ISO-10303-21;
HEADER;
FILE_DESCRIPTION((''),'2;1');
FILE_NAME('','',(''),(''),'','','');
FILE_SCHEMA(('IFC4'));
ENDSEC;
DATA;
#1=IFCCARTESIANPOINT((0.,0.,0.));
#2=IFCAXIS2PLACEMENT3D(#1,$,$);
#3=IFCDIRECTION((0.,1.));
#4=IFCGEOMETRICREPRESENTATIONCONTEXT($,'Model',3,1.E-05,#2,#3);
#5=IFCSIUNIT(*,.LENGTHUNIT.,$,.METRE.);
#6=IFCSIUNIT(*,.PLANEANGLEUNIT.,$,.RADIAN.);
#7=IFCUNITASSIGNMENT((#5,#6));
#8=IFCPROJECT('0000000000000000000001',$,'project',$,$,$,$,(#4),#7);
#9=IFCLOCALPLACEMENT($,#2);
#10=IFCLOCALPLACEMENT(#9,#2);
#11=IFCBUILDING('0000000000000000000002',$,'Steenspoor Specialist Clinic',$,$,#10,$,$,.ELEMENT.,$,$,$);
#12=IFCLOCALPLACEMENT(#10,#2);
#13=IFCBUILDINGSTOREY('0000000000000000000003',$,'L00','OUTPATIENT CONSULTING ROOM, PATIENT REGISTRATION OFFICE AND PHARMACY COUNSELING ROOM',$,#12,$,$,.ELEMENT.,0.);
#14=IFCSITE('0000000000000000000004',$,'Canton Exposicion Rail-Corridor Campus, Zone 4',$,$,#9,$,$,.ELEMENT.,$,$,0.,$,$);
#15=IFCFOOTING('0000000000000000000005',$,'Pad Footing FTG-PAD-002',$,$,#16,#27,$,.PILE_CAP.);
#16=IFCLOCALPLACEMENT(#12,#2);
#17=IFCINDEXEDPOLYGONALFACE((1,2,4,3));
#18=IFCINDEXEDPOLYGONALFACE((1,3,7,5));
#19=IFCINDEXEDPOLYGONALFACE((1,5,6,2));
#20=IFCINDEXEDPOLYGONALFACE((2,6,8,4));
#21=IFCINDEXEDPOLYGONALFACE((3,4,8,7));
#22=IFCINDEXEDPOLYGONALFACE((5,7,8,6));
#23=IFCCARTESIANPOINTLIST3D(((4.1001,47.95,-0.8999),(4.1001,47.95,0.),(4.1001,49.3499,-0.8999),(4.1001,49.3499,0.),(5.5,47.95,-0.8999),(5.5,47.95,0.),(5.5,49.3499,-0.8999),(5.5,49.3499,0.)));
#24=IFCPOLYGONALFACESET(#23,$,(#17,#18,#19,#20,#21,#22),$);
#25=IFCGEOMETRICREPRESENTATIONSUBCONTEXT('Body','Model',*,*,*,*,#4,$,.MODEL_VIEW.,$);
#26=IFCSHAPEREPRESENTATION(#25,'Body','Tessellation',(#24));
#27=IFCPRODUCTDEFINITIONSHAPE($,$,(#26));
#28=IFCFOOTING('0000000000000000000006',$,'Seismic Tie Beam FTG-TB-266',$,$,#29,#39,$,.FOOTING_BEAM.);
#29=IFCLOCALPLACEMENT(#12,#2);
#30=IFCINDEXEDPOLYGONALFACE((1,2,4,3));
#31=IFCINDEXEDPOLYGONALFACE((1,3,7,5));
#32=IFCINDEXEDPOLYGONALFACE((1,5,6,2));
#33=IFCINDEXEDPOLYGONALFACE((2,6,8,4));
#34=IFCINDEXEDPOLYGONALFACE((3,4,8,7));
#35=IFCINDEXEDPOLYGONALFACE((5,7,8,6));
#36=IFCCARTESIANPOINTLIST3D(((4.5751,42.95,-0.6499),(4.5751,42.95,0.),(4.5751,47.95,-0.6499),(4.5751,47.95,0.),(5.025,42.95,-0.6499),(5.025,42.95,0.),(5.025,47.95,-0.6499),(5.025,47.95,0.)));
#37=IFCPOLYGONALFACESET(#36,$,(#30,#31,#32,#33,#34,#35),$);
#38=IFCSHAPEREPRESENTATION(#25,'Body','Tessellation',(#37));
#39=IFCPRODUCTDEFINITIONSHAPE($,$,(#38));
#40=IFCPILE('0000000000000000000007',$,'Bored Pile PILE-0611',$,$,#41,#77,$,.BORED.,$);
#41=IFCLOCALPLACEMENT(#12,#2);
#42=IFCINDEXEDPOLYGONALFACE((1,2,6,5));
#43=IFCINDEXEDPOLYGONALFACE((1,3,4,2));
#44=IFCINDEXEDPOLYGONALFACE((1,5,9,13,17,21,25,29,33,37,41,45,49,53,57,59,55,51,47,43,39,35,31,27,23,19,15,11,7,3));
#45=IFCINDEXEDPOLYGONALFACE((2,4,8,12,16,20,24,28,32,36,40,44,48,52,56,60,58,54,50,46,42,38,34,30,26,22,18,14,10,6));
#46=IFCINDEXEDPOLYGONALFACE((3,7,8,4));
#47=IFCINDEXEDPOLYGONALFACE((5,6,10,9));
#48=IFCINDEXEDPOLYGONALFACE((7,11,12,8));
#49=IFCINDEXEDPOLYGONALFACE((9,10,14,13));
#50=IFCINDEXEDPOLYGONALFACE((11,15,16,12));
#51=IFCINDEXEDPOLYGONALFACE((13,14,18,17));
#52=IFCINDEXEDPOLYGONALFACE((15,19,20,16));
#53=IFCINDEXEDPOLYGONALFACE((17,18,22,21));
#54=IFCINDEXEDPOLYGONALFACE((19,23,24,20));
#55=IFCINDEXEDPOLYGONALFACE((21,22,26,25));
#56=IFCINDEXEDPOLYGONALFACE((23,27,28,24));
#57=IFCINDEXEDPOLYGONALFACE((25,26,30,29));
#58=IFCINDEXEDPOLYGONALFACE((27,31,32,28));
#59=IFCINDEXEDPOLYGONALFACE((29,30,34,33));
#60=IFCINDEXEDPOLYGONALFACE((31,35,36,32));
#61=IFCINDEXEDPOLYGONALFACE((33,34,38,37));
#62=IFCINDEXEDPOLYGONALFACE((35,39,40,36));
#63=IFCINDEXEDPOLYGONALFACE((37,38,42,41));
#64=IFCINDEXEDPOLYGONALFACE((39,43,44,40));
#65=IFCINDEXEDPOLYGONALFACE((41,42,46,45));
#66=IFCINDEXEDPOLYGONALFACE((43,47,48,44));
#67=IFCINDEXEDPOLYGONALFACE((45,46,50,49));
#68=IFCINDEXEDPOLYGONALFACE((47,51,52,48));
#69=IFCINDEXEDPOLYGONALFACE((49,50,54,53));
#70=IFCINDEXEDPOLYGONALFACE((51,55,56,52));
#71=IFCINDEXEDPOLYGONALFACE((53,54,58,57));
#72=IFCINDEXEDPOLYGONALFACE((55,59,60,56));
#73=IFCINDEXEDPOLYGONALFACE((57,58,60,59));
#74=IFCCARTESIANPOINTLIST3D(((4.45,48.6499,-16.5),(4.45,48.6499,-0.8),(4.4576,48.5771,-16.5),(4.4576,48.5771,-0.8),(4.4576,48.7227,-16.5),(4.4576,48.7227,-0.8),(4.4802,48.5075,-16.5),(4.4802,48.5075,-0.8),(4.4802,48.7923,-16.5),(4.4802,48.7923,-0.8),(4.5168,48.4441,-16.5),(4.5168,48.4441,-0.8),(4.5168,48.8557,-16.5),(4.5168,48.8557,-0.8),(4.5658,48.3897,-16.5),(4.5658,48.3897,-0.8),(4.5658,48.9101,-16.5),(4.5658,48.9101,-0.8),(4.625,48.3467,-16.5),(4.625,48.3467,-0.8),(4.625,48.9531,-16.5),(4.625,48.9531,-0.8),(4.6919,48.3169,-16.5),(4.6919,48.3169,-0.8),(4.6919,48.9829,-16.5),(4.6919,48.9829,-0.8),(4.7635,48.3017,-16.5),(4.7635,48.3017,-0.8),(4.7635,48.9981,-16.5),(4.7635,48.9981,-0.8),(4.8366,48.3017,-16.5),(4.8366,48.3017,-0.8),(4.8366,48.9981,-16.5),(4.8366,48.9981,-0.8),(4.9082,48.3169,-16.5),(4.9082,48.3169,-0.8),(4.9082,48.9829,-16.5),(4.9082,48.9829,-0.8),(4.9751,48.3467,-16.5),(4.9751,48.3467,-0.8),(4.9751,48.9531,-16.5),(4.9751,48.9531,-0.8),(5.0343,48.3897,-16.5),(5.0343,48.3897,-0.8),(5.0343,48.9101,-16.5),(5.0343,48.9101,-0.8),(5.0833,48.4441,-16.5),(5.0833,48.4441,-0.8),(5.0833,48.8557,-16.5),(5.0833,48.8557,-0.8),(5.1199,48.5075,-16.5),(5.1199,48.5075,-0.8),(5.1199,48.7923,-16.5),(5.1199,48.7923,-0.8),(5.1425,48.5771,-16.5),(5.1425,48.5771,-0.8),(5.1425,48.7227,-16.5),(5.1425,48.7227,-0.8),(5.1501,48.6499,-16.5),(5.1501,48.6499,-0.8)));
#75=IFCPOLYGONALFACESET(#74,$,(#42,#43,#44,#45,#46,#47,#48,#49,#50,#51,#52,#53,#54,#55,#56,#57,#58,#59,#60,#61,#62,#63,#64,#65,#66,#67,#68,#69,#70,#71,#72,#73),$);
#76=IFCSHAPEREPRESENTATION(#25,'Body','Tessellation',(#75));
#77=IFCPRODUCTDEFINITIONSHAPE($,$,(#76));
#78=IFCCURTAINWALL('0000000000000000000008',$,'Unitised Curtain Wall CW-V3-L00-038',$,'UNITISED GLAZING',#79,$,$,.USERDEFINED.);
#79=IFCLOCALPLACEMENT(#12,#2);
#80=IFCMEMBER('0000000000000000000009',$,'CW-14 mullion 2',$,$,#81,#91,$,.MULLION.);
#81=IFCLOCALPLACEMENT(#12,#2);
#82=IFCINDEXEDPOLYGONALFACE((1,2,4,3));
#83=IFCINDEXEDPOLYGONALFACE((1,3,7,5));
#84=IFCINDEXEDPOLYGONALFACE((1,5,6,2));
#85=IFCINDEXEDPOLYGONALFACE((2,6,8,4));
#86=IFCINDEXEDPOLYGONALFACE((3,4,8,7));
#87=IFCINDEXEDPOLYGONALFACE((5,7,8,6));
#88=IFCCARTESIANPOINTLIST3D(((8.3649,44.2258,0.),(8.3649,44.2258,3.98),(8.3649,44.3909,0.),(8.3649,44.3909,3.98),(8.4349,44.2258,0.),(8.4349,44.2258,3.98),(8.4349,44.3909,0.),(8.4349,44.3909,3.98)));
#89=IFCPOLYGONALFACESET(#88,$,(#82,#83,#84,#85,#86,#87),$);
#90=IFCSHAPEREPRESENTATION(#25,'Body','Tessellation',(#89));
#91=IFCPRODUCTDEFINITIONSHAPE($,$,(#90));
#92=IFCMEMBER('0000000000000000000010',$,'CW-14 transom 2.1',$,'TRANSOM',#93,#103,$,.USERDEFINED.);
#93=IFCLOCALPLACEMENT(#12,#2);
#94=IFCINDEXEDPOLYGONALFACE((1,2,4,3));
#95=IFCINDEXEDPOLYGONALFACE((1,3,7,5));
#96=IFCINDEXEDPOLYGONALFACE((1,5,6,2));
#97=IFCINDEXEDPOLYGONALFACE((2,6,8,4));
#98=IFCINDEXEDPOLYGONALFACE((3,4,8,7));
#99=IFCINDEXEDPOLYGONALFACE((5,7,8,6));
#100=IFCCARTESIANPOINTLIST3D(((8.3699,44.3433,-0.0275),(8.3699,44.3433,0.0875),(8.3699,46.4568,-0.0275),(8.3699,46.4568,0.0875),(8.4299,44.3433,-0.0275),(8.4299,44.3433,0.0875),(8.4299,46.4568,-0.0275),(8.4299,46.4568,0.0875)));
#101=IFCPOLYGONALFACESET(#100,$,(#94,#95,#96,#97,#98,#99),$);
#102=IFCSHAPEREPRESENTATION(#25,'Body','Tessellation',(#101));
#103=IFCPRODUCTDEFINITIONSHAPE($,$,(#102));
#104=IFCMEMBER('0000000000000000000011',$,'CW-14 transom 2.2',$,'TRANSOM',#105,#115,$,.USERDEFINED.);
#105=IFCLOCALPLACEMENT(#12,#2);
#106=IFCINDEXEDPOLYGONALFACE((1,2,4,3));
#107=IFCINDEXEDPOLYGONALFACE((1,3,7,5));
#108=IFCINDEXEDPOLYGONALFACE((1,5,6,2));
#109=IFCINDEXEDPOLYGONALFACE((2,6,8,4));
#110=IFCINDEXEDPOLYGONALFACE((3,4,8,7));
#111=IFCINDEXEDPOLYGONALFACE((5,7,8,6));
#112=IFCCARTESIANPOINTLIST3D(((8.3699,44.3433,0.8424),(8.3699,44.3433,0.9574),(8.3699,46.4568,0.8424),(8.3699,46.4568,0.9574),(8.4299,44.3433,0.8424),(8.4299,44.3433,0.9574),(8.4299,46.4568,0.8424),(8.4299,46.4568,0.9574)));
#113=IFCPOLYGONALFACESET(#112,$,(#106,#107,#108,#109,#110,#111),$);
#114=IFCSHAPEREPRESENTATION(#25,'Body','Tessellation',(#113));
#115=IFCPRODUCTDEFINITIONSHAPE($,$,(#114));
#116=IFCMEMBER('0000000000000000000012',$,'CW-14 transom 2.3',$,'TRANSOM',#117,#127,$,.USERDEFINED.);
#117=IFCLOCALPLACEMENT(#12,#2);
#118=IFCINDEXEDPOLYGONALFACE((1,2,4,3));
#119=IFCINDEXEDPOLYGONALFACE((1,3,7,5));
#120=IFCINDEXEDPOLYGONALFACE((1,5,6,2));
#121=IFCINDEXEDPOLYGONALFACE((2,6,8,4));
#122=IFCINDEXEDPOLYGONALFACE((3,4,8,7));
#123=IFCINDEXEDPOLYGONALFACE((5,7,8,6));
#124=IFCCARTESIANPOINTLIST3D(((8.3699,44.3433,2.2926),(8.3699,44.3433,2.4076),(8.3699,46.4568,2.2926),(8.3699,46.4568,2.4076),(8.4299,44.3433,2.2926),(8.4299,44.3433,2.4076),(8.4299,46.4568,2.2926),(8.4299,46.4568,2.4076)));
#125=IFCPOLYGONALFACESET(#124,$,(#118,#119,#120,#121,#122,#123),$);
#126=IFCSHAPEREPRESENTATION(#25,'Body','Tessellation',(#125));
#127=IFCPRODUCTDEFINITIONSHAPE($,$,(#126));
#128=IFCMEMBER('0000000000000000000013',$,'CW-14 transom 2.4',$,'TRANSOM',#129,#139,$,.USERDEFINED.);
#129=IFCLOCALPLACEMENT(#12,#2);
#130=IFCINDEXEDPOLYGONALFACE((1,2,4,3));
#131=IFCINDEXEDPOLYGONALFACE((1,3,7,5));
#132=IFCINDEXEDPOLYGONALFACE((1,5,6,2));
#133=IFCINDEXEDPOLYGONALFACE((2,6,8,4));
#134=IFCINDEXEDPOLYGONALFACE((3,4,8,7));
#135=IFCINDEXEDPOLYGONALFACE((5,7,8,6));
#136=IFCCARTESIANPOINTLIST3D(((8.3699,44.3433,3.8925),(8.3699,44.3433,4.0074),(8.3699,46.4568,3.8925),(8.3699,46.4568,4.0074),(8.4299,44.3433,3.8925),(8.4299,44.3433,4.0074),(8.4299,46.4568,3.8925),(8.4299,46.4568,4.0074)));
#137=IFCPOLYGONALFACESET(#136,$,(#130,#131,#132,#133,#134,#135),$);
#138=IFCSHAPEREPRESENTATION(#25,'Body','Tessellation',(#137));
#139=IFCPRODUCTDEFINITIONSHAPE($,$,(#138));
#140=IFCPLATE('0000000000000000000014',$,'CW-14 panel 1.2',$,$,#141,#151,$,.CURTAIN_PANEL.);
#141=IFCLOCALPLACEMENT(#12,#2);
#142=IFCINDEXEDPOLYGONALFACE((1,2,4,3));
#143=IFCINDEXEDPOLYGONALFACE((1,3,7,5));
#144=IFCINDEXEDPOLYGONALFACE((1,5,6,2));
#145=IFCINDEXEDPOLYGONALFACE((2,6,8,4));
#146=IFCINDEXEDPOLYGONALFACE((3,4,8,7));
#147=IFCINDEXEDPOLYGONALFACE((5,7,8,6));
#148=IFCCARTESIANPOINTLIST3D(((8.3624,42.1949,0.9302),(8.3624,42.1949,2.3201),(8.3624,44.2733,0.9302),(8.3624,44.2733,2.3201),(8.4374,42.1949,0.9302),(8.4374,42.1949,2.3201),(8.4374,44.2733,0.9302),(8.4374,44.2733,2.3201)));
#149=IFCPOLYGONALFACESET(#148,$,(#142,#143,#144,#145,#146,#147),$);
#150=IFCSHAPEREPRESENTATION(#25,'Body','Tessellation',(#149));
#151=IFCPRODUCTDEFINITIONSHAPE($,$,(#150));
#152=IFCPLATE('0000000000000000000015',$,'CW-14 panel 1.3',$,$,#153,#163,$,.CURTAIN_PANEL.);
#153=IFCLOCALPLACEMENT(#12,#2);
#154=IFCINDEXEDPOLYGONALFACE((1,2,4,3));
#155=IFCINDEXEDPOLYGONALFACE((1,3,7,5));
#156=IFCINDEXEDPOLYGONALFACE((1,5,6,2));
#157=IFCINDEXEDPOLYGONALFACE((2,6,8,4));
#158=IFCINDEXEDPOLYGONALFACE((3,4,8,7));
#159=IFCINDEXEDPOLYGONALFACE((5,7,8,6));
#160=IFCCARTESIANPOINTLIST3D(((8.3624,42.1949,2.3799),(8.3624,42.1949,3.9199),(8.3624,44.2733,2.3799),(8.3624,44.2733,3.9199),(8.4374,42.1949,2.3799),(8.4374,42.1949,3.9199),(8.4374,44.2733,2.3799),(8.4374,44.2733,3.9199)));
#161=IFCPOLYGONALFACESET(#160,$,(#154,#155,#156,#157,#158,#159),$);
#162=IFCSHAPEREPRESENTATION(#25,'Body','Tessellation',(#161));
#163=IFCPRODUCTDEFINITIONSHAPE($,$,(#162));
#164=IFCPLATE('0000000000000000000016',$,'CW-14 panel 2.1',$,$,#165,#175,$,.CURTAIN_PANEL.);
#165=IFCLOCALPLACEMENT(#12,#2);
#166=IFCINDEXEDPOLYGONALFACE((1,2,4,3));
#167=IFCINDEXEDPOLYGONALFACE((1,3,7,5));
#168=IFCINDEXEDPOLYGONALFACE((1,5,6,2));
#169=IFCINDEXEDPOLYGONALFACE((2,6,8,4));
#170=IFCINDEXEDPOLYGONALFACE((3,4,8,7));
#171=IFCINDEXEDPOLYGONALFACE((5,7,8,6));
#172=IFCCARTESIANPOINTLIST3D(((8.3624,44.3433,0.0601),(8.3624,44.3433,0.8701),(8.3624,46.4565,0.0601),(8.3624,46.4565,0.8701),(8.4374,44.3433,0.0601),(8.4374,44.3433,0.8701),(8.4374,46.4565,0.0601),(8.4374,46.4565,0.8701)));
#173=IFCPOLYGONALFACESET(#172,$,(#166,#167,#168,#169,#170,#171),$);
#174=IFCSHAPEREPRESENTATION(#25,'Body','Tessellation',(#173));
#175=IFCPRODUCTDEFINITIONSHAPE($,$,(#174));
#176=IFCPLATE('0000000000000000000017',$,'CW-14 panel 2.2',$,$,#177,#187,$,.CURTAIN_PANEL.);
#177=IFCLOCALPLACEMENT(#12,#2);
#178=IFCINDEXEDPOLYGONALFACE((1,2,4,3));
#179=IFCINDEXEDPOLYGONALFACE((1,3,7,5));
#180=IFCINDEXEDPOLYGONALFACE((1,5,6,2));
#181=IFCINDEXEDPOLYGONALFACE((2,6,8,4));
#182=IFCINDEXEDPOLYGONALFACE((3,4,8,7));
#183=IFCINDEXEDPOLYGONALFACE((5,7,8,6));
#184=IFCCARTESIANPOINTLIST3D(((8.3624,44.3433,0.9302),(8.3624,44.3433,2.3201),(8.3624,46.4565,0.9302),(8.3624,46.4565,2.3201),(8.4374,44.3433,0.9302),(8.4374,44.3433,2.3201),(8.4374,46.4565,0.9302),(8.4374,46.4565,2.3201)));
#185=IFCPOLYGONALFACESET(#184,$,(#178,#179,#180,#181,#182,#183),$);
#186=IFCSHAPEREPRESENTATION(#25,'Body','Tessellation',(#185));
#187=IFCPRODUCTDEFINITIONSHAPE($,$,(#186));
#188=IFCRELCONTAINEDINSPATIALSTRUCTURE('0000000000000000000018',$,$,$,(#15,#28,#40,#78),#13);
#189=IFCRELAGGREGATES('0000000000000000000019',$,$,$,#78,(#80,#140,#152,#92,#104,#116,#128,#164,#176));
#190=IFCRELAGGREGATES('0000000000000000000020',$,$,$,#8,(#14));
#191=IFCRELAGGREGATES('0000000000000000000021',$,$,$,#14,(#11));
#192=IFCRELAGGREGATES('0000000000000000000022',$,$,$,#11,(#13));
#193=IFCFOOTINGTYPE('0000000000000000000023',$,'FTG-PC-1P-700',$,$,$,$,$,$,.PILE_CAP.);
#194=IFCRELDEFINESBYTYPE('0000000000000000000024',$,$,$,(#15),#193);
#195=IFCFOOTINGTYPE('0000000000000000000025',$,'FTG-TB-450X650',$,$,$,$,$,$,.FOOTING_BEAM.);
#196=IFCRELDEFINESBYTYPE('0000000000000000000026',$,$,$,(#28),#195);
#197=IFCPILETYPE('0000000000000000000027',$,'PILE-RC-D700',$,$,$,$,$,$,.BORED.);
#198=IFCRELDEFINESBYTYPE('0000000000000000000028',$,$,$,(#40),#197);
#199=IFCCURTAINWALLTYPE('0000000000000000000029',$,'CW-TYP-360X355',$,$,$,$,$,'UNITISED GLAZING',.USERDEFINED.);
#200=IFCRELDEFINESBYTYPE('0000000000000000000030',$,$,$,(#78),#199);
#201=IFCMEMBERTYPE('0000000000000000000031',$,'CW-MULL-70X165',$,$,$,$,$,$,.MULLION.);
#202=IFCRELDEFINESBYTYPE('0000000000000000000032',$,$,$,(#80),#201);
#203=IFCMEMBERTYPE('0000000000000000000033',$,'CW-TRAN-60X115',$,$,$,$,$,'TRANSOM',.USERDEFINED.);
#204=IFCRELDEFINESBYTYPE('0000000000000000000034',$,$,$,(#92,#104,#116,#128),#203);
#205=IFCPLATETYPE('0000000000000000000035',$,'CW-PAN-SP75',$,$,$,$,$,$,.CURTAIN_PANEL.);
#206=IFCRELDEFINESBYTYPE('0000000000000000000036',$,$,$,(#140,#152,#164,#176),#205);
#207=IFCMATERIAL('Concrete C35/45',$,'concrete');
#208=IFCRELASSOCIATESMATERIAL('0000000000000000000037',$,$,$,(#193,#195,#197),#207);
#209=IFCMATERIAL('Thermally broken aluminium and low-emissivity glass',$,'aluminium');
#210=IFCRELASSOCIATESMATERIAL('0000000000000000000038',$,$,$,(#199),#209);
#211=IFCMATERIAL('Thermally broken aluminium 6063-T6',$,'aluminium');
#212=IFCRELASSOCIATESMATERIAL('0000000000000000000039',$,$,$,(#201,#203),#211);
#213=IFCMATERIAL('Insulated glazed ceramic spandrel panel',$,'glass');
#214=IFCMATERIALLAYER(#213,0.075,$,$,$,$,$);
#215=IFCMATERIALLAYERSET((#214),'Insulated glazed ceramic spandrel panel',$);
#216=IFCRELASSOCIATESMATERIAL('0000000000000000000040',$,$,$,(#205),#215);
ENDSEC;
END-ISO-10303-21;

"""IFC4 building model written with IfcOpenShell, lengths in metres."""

from ifc_helpers import new_model, si_unit, direction, frame, origin, origin_2d, place, context, subcontext, project, spatial, rectangle, circle, extrude, material, layer, layer_set, material_profile, profile_set, type_object, element, aggregate, save


model = new_model("IFC4")

# Units and contexts
model_context = context("Model", 3, precision=1e-05, world=origin(), true_north=direction((0.0, 1.0)))
body_context = subcontext(model_context, "Body", "Model", "MODEL_VIEW")
ifc_project = project(units=[si_unit("LENGTHUNIT", "METRE"), si_unit("PLANEANGLEUNIT", "RADIAN")], contexts=[model_context])

# Site, building, storey
site_placement = place(None, origin())
site = spatial("IfcSite", under=ifc_project, at=site_placement, Name="Canton Exposicion Rail-Corridor Campus, Zone 4", CompositionType="ELEMENT", RefElevation=0.0)
building_placement = place(site_placement, origin())
building = spatial("IfcBuilding", under=site, at=building_placement, Name="Steenspoor Specialist Clinic", CompositionType="ELEMENT")
storey_placement = place(building_placement, origin())
storey = spatial("IfcBuildingStorey", under=building, at=storey_placement, Name="L00", Description="OUTPATIENT CONSULTING ROOM, PATIENT REGISTRATION OFFICE AND PHARMACY COUNSELING ROOM", CompositionType="ELEMENT", Elevation=0.0)

# Footings
ifc_material_1 = material(Name="Concrete C35/45", Category="concrete")
footing_type_1 = type_object("IfcFootingType", Name="FTG-PC-1P-700", PredefinedType="PILE_CAP", material=ifc_material_1)
footing_1_placement = place(storey_placement, frame((4.8, 48.6499, -0.8999), z_axis=(0.0, 0.0, 1.0), x_axis=(1.0, 0.0, 0.0)))
element("IfcFooting", 1, at=footing_1_placement, inside=storey, type_object=footing_type_1, Name="Pad Footing FTG-PAD-002", PredefinedType="PILE_CAP", context=body_context, shape_type="SweptSolid", body=[
    extrude(rectangle(XDim=1.3999, YDim=1.3999, at=origin_2d()), origin(), (0.0, 0.0, 1.0), 0.8999),
])
footing_type_2 = type_object("IfcFootingType", Name="FTG-TB-450X650", PredefinedType="FOOTING_BEAM", material=ifc_material_1)
footing_2_placement = place(storey_placement, frame((4.8, 45.45, -0.6499), z_axis=(0.0, 0.0, 1.0), x_axis=(1.0, 0.0, 0.0)))
element("IfcFooting", 2, at=footing_2_placement, inside=storey, type_object=footing_type_2, Name="Seismic Tie Beam FTG-TB-266", PredefinedType="FOOTING_BEAM", context=body_context, shape_type="SweptSolid", body=[
    extrude(rectangle(XDim=0.45, YDim=5.0, at=origin_2d()), origin(), (0.0, 0.0, 1.0), 0.6499),
])

# Pile
ifc_material_profile_1 = material_profile(ifc_material_1, circle(Radius=0.3501, at=origin_2d()), Name="PILE-D700")
ifc_profile_set_1 = profile_set([ifc_material_profile_1], Name="Concrete C35/45")
pile_type = type_object("IfcPileType", Name="PILE-RC-D700", PredefinedType="BORED", material=ifc_profile_set_1)
pile_placement = place(storey_placement, frame((4.8, 48.6499, -0.8), z_axis=(0.0, 0.0, -1.0), x_axis=(1.0, 0.0, 0.0)))
element("IfcPile", 3, at=pile_placement, inside=storey, type_object=pile_type, Name="Bored Pile PILE-0611", PredefinedType="BORED", context=body_context, shape_type="SweptSolid", body=[
    extrude(circle(Radius=0.3501, at=origin_2d()), origin(), (0.0, 0.0, 1.0), 15.7),
])

# Curtain wall, members, plates
ifc_material_2 = material(Name="Thermally broken aluminium and low-emissivity glass", Category="aluminium")
curtain_wall_type = type_object("IfcCurtainWallType", Name="CW-TYP-360X355", ElementType="UNITISED GLAZING", PredefinedType="USERDEFINED", material=ifc_material_2)
curtain_wall_placement = place(storey_placement, origin())
curtain_wall = element("IfcCurtainWall", 4, at=curtain_wall_placement, inside=storey, type_object=curtain_wall_type, Name="Unitised Curtain Wall CW-V3-L00-038", ObjectType="UNITISED GLAZING", PredefinedType="USERDEFINED")
ifc_material_3 = material(Name="Thermally broken aluminium 6063-T6", Category="aluminium")
ifc_material_profile_2 = material_profile(ifc_material_3, rectangle(XDim=0.0701, YDim=0.165, at=origin_2d()), Name="CWM-70X165")
ifc_profile_set_2 = profile_set([ifc_material_profile_2], Name="Thermally broken aluminium 6063-T6")
member_type_1 = type_object("IfcMemberType", Name="CW-MULL-70X165", PredefinedType="MULLION", material=ifc_profile_set_2)
member_1_placement = place(storey_placement, frame((8.3999, 44.3083, 0.0), z_axis=(0.0, 0.0, 1.0), x_axis=(-1.0, 0.0, 0.0)))
member_1 = element("IfcMember", 5, at=member_1_placement, type_object=member_type_1, Name="CW-14 mullion 2", PredefinedType="MULLION", context=body_context, shape_type="SweptSolid", body=[
    extrude(rectangle(XDim=0.0701, YDim=0.165, at=origin_2d()), origin(), (0.0, 0.0, 1.0), 3.98),
])
ifc_material_profile_3 = material_profile(ifc_material_3, rectangle(XDim=0.0601, YDim=0.115, at=origin_2d()), Name="CWT-60X115")
ifc_profile_set_3 = profile_set([ifc_material_profile_3], Name="Thermally broken aluminium 6063-T6")
member_type_2 = type_object("IfcMemberType", Name="CW-TRAN-60X115", ElementType="TRANSOM", PredefinedType="USERDEFINED", material=ifc_profile_set_3)
member_2_placement = place(storey_placement, frame((8.3999, 44.3433, 0.03), z_axis=(0.0, 1.0, 0.0), x_axis=(-1.0, 0.0, 0.0)))
member_2 = element("IfcMember", 6, at=member_2_placement, type_object=member_type_2, Name="CW-14 transom 2.1", ObjectType="TRANSOM", PredefinedType="USERDEFINED", context=body_context, shape_type="SweptSolid", body=[
    extrude(rectangle(XDim=0.0601, YDim=0.115, at=origin_2d()), origin(), (0.0, 0.0, 1.0), 2.1135),
])
member_3_placement = place(storey_placement, frame((8.3999, 44.3433, 0.8999), z_axis=(0.0, 1.0, 0.0), x_axis=(-1.0, 0.0, 0.0)))
member_3 = element("IfcMember", 7, at=member_3_placement, type_object=member_type_2, Name="CW-14 transom 2.2", ObjectType="TRANSOM", PredefinedType="USERDEFINED", context=body_context, shape_type="SweptSolid", body=[
    extrude(rectangle(XDim=0.0601, YDim=0.115, at=origin_2d()), origin(), (0.0, 0.0, 1.0), 2.1135),
])
member_4_placement = place(storey_placement, frame((8.3999, 44.3433, 2.3501), z_axis=(0.0, 1.0, 0.0), x_axis=(-1.0, 0.0, 0.0)))
member_4 = element("IfcMember", 8, at=member_4_placement, type_object=member_type_2, Name="CW-14 transom 2.3", ObjectType="TRANSOM", PredefinedType="USERDEFINED", context=body_context, shape_type="SweptSolid", body=[
    extrude(rectangle(XDim=0.0601, YDim=0.115, at=origin_2d()), origin(), (0.0, 0.0, 1.0), 2.1135),
])
member_5_placement = place(storey_placement, frame((8.3999, 44.3433, 3.95), z_axis=(0.0, 1.0, 0.0), x_axis=(-1.0, 0.0, 0.0)))
member_5 = element("IfcMember", 9, at=member_5_placement, type_object=member_type_2, Name="CW-14 transom 2.4", ObjectType="TRANSOM", PredefinedType="USERDEFINED", context=body_context, shape_type="SweptSolid", body=[
    extrude(rectangle(XDim=0.0601, YDim=0.115, at=origin_2d()), origin(), (0.0, 0.0, 1.0), 2.1135),
])
ifc_material_4 = material(Name="Insulated glazed ceramic spandrel panel", Category="glass")
ifc_layer = layer(ifc_material_4, 0.075)
ifc_layer_set = layer_set([ifc_layer], Name="Insulated glazed ceramic spandrel panel")
plate_type = type_object("IfcPlateType", Name="CW-PAN-SP75", PredefinedType="CURTAIN_PANEL", material=ifc_layer_set)
plate_1_placement = place(storey_placement, frame((8.3999, 43.2341, 0.9302), z_axis=(0.0, 0.0, 1.0), x_axis=(0.0, 1.0, 0.0)))
plate_1 = element("IfcPlate", 10, at=plate_1_placement, type_object=plate_type, Name="CW-14 panel 1.2", PredefinedType="CURTAIN_PANEL", context=body_context, shape_type="SweptSolid", body=[
    extrude(rectangle(XDim=2.0784, YDim=0.075, at=origin_2d()), origin(), (0.0, 0.0, 1.0), 1.3899),
])
plate_2_placement = place(storey_placement, frame((8.3999, 43.2341, 2.3799), z_axis=(0.0, 0.0, 1.0), x_axis=(0.0, 1.0, 0.0)))
plate_2 = element("IfcPlate", 11, at=plate_2_placement, type_object=plate_type, Name="CW-14 panel 1.3", PredefinedType="CURTAIN_PANEL", context=body_context, shape_type="SweptSolid", body=[
    extrude(rectangle(XDim=2.0784, YDim=0.075, at=origin_2d()), origin(), (0.0, 0.0, 1.0), 1.54),
])
plate_3_placement = place(storey_placement, frame((8.3999, 45.3999, 0.0601), z_axis=(0.0, 0.0, 1.0), x_axis=(0.0, 1.0, 0.0)))
plate_3 = element("IfcPlate", 12, at=plate_3_placement, type_object=plate_type, Name="CW-14 panel 2.1", PredefinedType="CURTAIN_PANEL", context=body_context, shape_type="SweptSolid", body=[
    extrude(rectangle(XDim=2.1133, YDim=0.075, at=origin_2d()), origin(), (0.0, 0.0, 1.0), 0.8101),
])
plate_4_placement = place(storey_placement, frame((8.3999, 45.3999, 0.9302), z_axis=(0.0, 0.0, 1.0), x_axis=(0.0, 1.0, 0.0)))
plate_4 = element("IfcPlate", 13, at=plate_4_placement, type_object=plate_type, Name="CW-14 panel 2.2", PredefinedType="CURTAIN_PANEL", context=body_context, shape_type="SweptSolid", body=[
    extrude(rectangle(XDim=2.1133, YDim=0.075, at=origin_2d()), origin(), (0.0, 0.0, 1.0), 1.3899),
])
aggregate(curtain_wall, [member_1, plate_1, plate_2, member_2, member_3, member_4, member_5, plate_3, plate_4])

save(model, "model.ifc")
